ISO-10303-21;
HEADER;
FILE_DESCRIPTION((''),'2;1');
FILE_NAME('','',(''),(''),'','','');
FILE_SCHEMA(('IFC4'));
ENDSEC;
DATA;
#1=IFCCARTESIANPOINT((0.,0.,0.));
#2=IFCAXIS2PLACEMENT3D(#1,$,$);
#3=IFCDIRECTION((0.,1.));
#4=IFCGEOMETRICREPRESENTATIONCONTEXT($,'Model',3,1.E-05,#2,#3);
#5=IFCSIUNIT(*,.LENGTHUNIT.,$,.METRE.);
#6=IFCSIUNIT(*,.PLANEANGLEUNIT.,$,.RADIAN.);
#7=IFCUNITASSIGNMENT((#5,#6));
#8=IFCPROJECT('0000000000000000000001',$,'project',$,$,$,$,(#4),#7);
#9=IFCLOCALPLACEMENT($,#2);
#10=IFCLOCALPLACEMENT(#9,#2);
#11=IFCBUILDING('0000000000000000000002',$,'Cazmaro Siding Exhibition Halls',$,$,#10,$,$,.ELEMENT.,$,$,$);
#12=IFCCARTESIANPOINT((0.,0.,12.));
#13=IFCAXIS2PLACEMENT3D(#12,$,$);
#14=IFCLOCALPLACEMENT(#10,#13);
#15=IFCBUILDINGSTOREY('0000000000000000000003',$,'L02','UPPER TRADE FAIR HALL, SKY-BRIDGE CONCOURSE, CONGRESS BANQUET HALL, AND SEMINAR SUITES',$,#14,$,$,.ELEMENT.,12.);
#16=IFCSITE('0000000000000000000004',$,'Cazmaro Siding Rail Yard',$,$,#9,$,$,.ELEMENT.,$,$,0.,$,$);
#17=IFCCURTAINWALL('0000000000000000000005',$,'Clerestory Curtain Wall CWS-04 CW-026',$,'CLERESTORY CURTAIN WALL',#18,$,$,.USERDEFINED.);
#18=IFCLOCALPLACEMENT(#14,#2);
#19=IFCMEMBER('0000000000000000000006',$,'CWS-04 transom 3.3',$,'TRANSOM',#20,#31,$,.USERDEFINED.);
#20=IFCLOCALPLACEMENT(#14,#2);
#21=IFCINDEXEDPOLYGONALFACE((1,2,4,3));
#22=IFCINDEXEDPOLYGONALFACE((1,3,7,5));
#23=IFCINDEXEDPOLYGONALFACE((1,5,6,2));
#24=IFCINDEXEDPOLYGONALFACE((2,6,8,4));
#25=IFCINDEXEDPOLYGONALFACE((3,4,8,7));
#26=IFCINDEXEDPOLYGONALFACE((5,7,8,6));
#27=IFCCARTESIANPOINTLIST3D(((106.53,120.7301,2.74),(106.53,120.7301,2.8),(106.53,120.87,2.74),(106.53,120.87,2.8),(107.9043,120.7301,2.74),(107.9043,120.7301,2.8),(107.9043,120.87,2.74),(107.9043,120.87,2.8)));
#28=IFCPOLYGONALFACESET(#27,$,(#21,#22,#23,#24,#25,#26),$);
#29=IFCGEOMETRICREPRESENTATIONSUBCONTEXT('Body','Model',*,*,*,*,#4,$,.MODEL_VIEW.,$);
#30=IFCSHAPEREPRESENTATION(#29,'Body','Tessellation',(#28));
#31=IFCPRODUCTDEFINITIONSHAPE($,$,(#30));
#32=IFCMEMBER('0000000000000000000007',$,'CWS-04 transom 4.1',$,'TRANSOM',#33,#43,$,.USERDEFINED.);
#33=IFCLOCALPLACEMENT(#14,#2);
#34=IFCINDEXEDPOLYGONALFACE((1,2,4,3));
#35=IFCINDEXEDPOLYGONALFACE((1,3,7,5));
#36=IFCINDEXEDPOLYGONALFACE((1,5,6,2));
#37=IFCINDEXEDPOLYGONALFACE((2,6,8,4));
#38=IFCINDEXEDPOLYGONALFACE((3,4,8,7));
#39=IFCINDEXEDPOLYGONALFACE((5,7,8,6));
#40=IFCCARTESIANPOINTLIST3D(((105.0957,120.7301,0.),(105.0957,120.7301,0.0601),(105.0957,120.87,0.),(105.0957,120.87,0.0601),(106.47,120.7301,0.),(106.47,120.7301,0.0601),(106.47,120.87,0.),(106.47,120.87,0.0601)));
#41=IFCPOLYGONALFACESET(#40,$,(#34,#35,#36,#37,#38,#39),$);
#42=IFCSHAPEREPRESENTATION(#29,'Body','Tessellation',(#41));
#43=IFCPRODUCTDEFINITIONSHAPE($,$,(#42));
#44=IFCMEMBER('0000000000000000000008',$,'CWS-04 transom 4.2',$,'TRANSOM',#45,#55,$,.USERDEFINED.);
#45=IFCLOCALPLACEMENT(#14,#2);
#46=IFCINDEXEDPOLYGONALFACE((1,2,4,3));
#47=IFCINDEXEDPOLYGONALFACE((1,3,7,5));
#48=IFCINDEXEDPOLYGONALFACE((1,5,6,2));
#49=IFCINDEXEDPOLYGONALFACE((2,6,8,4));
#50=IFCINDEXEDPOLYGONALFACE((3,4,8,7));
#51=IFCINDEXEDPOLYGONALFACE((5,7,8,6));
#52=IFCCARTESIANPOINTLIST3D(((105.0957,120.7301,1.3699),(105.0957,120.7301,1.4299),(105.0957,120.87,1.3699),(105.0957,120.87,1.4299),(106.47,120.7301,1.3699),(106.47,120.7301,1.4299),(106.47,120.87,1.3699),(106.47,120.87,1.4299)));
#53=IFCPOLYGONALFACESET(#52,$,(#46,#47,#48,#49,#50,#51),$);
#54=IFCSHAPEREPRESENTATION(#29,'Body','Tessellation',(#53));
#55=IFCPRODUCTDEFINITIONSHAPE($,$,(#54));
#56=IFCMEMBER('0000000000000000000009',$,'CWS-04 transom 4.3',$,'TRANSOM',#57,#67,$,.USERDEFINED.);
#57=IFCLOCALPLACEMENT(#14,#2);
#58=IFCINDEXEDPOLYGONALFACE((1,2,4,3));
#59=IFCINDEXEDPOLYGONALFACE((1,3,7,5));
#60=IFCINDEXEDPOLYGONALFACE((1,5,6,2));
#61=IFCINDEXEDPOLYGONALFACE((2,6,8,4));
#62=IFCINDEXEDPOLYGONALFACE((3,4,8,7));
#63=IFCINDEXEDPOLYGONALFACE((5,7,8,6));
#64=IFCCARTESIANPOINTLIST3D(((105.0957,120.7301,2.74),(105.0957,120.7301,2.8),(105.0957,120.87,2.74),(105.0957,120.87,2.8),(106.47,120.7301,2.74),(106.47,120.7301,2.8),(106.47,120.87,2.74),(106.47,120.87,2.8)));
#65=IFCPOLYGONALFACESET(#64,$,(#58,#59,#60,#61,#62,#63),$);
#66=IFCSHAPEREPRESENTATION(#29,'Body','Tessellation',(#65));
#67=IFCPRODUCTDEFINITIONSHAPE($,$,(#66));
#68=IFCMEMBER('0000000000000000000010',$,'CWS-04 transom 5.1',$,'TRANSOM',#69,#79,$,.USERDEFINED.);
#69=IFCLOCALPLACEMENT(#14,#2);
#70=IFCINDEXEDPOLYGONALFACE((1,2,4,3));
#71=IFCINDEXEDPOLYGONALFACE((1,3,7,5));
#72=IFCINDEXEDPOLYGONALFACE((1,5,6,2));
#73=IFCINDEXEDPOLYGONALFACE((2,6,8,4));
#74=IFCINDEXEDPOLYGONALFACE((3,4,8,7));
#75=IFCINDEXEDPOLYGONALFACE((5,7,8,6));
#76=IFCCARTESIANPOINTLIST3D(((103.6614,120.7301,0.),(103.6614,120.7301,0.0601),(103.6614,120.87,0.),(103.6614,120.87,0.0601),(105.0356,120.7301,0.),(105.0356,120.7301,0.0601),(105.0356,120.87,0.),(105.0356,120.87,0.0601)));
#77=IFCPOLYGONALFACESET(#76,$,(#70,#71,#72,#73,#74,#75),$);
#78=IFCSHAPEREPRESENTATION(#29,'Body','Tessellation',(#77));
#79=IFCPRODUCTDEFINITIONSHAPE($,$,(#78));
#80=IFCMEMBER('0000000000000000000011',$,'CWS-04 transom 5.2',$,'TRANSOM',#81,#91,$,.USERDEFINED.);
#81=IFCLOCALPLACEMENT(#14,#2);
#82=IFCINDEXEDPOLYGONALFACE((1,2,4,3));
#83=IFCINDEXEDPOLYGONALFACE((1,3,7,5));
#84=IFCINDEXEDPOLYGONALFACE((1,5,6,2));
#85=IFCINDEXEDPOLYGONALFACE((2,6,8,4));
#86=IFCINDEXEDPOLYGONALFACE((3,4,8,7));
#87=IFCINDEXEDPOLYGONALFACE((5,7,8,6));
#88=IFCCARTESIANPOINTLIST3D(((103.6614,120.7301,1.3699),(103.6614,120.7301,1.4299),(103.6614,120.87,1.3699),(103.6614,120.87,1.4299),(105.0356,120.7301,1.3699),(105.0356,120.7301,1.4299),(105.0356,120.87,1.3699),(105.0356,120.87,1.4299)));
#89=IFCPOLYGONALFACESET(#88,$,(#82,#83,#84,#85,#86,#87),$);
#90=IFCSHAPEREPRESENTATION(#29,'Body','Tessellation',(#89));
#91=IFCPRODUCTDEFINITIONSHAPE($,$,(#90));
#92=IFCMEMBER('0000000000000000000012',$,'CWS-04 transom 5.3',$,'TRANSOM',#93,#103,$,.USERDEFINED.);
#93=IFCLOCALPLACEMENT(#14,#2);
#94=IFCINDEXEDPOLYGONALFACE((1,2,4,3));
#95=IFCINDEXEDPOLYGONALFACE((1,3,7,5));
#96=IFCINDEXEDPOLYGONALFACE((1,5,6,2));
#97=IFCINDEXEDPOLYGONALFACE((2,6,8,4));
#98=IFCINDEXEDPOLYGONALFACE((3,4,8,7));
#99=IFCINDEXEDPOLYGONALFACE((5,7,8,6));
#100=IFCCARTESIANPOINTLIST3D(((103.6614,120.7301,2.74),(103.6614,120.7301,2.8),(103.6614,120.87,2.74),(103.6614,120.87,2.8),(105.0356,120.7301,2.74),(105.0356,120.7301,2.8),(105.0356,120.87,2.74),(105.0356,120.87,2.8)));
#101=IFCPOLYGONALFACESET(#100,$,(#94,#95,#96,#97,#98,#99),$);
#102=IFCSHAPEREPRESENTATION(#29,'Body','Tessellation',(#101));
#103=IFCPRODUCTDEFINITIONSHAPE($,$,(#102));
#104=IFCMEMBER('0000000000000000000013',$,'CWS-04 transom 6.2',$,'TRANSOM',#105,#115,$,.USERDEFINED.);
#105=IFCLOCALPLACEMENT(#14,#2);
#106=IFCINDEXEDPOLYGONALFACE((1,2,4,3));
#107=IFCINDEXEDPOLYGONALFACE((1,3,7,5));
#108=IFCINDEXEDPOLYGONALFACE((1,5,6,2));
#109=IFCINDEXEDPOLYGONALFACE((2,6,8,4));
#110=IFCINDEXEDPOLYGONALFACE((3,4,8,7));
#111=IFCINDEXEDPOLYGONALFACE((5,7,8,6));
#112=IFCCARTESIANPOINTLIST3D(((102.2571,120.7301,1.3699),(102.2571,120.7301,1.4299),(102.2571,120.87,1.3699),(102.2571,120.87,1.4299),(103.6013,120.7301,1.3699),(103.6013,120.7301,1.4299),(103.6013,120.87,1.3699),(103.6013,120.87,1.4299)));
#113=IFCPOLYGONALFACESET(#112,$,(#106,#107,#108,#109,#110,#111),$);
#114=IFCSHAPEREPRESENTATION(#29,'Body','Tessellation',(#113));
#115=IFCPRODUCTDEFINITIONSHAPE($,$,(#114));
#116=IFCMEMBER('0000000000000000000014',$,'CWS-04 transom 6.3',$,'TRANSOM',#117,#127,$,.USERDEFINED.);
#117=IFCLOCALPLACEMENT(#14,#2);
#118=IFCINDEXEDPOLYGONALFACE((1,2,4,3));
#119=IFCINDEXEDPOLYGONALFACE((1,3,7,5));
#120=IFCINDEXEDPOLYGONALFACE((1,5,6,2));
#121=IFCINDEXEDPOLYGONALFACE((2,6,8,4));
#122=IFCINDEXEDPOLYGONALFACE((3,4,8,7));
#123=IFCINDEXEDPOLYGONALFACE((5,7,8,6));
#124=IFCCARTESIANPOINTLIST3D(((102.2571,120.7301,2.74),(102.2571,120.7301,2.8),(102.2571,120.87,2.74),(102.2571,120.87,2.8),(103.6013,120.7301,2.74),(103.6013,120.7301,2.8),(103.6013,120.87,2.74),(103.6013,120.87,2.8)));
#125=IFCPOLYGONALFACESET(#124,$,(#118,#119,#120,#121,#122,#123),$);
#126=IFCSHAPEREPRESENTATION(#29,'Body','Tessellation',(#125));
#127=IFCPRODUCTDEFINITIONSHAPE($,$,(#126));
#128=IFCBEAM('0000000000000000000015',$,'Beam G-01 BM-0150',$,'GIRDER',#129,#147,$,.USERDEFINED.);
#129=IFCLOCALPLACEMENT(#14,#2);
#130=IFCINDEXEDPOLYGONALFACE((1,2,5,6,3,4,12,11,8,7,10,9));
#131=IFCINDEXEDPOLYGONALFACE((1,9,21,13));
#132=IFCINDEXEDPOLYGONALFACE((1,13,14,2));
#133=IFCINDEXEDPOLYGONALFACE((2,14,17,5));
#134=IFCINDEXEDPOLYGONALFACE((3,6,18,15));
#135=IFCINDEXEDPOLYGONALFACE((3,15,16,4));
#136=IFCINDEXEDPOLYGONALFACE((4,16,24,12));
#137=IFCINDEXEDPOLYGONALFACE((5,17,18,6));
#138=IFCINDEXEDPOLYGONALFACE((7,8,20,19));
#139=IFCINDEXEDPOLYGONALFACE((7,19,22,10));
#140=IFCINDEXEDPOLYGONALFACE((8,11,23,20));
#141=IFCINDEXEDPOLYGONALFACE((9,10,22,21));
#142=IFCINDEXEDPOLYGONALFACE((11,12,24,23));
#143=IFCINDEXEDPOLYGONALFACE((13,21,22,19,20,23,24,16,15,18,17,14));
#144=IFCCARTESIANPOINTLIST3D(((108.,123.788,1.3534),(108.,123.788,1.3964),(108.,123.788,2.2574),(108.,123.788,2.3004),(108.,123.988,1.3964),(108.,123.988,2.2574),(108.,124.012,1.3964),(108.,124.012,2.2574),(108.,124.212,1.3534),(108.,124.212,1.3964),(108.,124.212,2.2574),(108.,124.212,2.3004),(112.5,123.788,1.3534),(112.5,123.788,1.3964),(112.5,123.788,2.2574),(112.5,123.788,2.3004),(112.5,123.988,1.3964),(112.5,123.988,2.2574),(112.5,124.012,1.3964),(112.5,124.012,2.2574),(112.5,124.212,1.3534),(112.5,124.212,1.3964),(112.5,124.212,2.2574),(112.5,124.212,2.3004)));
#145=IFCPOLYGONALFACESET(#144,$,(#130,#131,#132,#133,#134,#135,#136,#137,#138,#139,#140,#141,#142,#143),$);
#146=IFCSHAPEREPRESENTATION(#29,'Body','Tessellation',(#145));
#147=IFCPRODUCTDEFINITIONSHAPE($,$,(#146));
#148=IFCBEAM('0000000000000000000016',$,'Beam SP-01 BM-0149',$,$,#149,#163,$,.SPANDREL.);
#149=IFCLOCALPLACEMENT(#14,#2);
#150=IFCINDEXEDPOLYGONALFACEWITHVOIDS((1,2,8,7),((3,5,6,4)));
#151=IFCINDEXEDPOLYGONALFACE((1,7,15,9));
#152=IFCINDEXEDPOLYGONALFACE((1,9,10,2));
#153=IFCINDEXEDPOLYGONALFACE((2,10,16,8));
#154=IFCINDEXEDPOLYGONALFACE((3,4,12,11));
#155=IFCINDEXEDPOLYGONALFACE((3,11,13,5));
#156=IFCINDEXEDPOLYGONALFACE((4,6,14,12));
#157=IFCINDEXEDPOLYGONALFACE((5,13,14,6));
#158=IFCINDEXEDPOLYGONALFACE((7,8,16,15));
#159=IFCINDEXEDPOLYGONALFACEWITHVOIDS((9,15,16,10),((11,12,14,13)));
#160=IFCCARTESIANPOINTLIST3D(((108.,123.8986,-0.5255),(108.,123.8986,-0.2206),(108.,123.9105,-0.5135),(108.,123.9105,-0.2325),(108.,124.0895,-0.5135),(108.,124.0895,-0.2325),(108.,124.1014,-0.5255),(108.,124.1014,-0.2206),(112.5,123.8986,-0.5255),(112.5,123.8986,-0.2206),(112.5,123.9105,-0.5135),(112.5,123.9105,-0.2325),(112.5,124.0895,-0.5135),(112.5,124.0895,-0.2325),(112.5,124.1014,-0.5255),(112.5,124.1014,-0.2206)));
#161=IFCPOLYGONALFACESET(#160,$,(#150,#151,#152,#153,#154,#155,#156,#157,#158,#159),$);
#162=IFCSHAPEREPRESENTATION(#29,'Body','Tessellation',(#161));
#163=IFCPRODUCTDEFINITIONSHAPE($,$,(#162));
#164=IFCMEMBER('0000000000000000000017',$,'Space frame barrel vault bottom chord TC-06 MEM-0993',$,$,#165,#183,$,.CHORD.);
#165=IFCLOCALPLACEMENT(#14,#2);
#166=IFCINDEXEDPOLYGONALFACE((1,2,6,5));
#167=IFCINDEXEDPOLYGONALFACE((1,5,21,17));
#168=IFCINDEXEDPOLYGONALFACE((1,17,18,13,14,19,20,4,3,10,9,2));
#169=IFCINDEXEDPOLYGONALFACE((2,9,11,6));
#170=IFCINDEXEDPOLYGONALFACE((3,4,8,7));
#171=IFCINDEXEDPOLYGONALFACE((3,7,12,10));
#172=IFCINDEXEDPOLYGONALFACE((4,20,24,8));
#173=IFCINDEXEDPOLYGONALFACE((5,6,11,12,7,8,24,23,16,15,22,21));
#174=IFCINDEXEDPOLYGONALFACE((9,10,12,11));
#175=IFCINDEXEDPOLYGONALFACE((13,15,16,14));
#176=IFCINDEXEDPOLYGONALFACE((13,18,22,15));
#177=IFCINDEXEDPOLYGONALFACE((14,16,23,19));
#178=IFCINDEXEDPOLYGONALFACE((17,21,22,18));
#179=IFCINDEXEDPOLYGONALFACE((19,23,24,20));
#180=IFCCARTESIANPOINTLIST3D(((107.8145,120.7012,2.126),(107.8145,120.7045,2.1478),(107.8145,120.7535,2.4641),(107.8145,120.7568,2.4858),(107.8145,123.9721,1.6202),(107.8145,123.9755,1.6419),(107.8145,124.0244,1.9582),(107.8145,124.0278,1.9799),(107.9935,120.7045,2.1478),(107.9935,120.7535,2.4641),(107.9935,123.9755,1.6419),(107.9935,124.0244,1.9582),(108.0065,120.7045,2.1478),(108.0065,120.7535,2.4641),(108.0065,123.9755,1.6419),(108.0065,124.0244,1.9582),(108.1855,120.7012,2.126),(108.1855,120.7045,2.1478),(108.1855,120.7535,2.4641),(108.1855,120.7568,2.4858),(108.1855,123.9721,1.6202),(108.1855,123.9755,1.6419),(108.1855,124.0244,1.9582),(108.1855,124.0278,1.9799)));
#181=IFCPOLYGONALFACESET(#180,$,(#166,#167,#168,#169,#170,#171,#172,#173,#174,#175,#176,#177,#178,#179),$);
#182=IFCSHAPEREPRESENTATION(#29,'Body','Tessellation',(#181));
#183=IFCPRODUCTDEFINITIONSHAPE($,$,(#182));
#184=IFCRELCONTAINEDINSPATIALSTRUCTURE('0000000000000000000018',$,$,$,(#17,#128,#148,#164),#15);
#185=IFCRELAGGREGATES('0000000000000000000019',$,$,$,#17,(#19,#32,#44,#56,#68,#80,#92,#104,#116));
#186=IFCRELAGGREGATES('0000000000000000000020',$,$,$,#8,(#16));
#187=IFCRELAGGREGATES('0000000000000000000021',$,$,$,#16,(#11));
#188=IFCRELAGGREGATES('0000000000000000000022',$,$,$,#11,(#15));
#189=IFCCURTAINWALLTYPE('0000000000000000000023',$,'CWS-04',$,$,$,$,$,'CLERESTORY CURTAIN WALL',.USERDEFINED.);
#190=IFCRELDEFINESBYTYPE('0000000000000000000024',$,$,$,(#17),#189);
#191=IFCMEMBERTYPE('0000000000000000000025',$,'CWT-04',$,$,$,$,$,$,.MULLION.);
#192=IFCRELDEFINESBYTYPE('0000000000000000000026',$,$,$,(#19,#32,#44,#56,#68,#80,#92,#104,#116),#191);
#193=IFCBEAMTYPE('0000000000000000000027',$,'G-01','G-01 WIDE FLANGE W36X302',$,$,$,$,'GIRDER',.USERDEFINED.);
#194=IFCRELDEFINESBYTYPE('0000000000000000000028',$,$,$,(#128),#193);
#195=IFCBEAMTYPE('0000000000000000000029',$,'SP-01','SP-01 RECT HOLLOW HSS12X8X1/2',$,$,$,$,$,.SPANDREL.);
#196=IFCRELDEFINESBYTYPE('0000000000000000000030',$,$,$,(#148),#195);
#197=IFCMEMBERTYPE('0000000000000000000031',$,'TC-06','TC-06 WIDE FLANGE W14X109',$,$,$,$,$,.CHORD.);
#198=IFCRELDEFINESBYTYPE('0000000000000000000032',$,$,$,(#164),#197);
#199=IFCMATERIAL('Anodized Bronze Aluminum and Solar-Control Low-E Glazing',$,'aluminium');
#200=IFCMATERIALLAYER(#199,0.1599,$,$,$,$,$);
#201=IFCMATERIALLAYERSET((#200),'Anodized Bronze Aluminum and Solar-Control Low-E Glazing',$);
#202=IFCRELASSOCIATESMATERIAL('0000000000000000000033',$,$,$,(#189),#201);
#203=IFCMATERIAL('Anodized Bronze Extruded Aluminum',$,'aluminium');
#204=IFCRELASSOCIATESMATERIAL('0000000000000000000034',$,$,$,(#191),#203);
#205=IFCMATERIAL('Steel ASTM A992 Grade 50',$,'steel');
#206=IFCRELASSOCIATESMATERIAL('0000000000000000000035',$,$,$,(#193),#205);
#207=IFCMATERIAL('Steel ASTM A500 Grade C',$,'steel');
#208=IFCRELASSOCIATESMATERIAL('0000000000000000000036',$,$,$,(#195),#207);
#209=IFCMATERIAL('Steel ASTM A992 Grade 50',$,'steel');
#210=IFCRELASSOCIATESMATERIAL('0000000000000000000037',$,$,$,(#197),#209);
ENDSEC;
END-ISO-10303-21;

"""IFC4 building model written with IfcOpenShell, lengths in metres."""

from ifc_helpers import new_model, si_unit, direction, frame, origin, origin_2d, place, context, subcontext, project, spatial, rectangle, hollow_rectangle, i_section, extrude, material, layer, layer_set, material_profile, profile_set, type_object, element, aggregate, save


model = new_model("IFC4")

# Units and contexts
model_context = context("Model", 3, precision=1e-05, world=origin(), true_north=direction((0.0, 1.0)))
body_context = subcontext(model_context, "Body", "Model", "MODEL_VIEW")
ifc_project = project(units=[si_unit("LENGTHUNIT", "METRE"), si_unit("PLANEANGLEUNIT", "RADIAN")], contexts=[model_context])

# Site, building, storey
site_placement = place(None, origin())
site = spatial("IfcSite", under=ifc_project, at=site_placement, Name="Cazmaro Siding Rail Yard", CompositionType="ELEMENT", RefElevation=0.0)
building_placement = place(site_placement, origin())
building = spatial("IfcBuilding", under=site, at=building_placement, Name="Cazmaro Siding Exhibition Halls", CompositionType="ELEMENT")
storey_placement = place(building_placement, frame((0.0, 0.0, 12.0)))
storey = spatial("IfcBuildingStorey", under=building, at=storey_placement, Name="L02", Description="UPPER TRADE FAIR HALL, SKY-BRIDGE CONCOURSE, CONGRESS BANQUET HALL, AND SEMINAR SUITES", CompositionType="ELEMENT", Elevation=12.0)

# Curtain wall, members
ifc_material_1 = material(Name="Anodized Bronze Aluminum and Solar-Control Low-E Glazing", Category="aluminium")
ifc_layer_1 = layer(ifc_material_1, 0.1599)
ifc_layer_set_1 = layer_set([ifc_layer_1], Name="Anodized Bronze Aluminum and Solar-Control Low-E Glazing")
curtain_wall_type = type_object("IfcCurtainWallType", Name="CWS-04", ElementType="CLERESTORY CURTAIN WALL", PredefinedType="USERDEFINED", material=ifc_layer_set_1)
curtain_wall_placement = place(storey_placement, origin())
curtain_wall = element("IfcCurtainWall", 1, at=curtain_wall_placement, inside=storey, type_object=curtain_wall_type, Name="Clerestory Curtain Wall CWS-04 CW-026", ObjectType="CLERESTORY CURTAIN WALL", PredefinedType="USERDEFINED")
ifc_material_2 = material(Name="Anodized Bronze Extruded Aluminum", Category="aluminium")
ifc_material_profile_1 = material_profile(ifc_material_2, rectangle(XDim=0.1399, YDim=0.0601, at=origin_2d()), Name="CWT-04")
ifc_profile_set_1 = profile_set([ifc_material_profile_1], Name="Anodized Bronze Extruded Aluminum")
member_type_1 = type_object("IfcMemberType", Name="CWT-04", PredefinedType="MULLION", material=ifc_profile_set_1)
member_1_placement = place(storey_placement, frame((107.9043, 120.8, 2.77), z_axis=(-1.0, 0.0, 0.0), x_axis=(0.0, -1.0, 0.0)))
member_1 = element("IfcMember", 2, at=member_1_placement, type_object=member_type_1, Name="CWS-04 transom 3.3", ObjectType="TRANSOM", PredefinedType="USERDEFINED", context=body_context, shape_type="SweptSolid", body=[
    extrude(rectangle(XDim=0.1399, YDim=0.0601, at=origin_2d()), origin(), (0.0, 0.0, 1.0), 1.3743),
])
member_2_placement = place(storey_placement, frame((106.47, 120.8, 0.03), z_axis=(-1.0, 0.0, 0.0), x_axis=(0.0, -1.0, 0.0)))
member_2 = element("IfcMember", 3, at=member_2_placement, type_object=member_type_1, Name="CWS-04 transom 4.1", ObjectType="TRANSOM", PredefinedType="USERDEFINED", context=body_context, shape_type="SweptSolid", body=[
    extrude(rectangle(XDim=0.1399, YDim=0.0601, at=origin_2d()), origin(), (0.0, 0.0, 1.0), 1.3743),
])
member_3_placement = place(storey_placement, frame((106.47, 120.8, 1.3999), z_axis=(-1.0, 0.0, 0.0), x_axis=(0.0, -1.0, 0.0)))
member_3 = element("IfcMember", 4, at=member_3_placement, type_object=member_type_1, Name="CWS-04 transom 4.2", ObjectType="TRANSOM", PredefinedType="USERDEFINED", context=body_context, shape_type="SweptSolid", body=[
    extrude(rectangle(XDim=0.1399, YDim=0.0601, at=origin_2d()), origin(), (0.0, 0.0, 1.0), 1.3743),
])
member_4_placement = place(storey_placement, frame((106.47, 120.8, 2.77), z_axis=(-1.0, 0.0, 0.0), x_axis=(0.0, -1.0, 0.0)))
member_4 = element("IfcMember", 5, at=member_4_placement, type_object=member_type_1, Name="CWS-04 transom 4.3", ObjectType="TRANSOM", PredefinedType="USERDEFINED", context=body_context, shape_type="SweptSolid", body=[
    extrude(rectangle(XDim=0.1399, YDim=0.0601, at=origin_2d()), origin(), (0.0, 0.0, 1.0), 1.3743),
])
member_5_placement = place(storey_placement, frame((105.0356, 120.8, 0.03), z_axis=(-1.0, 0.0, 0.0), x_axis=(0.0, -1.0, 0.0)))
member_5 = element("IfcMember", 6, at=member_5_placement, type_object=member_type_1, Name="CWS-04 transom 5.1", ObjectType="TRANSOM", PredefinedType="USERDEFINED", context=body_context, shape_type="SweptSolid", body=[
    extrude(rectangle(XDim=0.1399, YDim=0.0601, at=origin_2d()), origin(), (0.0, 0.0, 1.0), 1.3743),
])
member_6_placement = place(storey_placement, frame((105.0356, 120.8, 1.3999), z_axis=(-1.0, 0.0, 0.0), x_axis=(0.0, -1.0, 0.0)))
member_6 = element("IfcMember", 7, at=member_6_placement, type_object=member_type_1, Name="CWS-04 transom 5.2", ObjectType="TRANSOM", PredefinedType="USERDEFINED", context=body_context, shape_type="SweptSolid", body=[
    extrude(rectangle(XDim=0.1399, YDim=0.0601, at=origin_2d()), origin(), (0.0, 0.0, 1.0), 1.3743),
])
member_7_placement = place(storey_placement, frame((105.0356, 120.8, 2.77), z_axis=(-1.0, 0.0, 0.0), x_axis=(0.0, -1.0, 0.0)))
member_7 = element("IfcMember", 8, at=member_7_placement, type_object=member_type_1, Name="CWS-04 transom 5.3", ObjectType="TRANSOM", PredefinedType="USERDEFINED", context=body_context, shape_type="SweptSolid", body=[
    extrude(rectangle(XDim=0.1399, YDim=0.0601, at=origin_2d()), origin(), (0.0, 0.0, 1.0), 1.3743),
])
member_8_placement = place(storey_placement, frame((103.6013, 120.8, 1.3999), z_axis=(-1.0, 0.0, 0.0), x_axis=(0.0, -1.0, 0.0)))
member_8 = element("IfcMember", 9, at=member_8_placement, type_object=member_type_1, Name="CWS-04 transom 6.2", ObjectType="TRANSOM", PredefinedType="USERDEFINED", context=body_context, shape_type="SweptSolid", body=[
    extrude(rectangle(XDim=0.1399, YDim=0.0601, at=origin_2d()), origin(), (0.0, 0.0, 1.0), 1.3442),
])
member_9_placement = place(storey_placement, frame((103.6013, 120.8, 2.77), z_axis=(-1.0, 0.0, 0.0), x_axis=(0.0, -1.0, 0.0)))
member_9 = element("IfcMember", 10, at=member_9_placement, type_object=member_type_1, Name="CWS-04 transom 6.3", ObjectType="TRANSOM", PredefinedType="USERDEFINED", context=body_context, shape_type="SweptSolid", body=[
    extrude(rectangle(XDim=0.1399, YDim=0.0601, at=origin_2d()), origin(), (0.0, 0.0, 1.0), 1.3442),
])

# Beams
ifc_material_3 = material(Name="Steel ASTM A992 Grade 50", Category="steel")
ifc_material_profile_2 = material_profile(ifc_material_3, i_section(OverallWidth=0.4241, OverallDepth=0.947, WebThickness=0.0239, FlangeThickness=0.043, at=origin_2d()), Name="W36X302")
ifc_profile_set_2 = profile_set([ifc_material_profile_2], Name="Steel ASTM A992 Grade 50")
beam_type_1 = type_object("IfcBeamType", Name="G-01", Description="G-01 WIDE FLANGE W36X302", ElementType="GIRDER", PredefinedType="USERDEFINED", material=ifc_profile_set_2)
beam_1_placement = place(storey_placement, frame((108.0, 124.0, 1.8269), z_axis=(1.0, 0.0, 0.0), x_axis=(0.0, 1.0, 0.0)))
element("IfcBeam", 11, at=beam_1_placement, inside=storey, type_object=beam_type_1, Name="Beam G-01 BM-0150", ObjectType="GIRDER", PredefinedType="USERDEFINED", context=body_context, shape_type="SweptSolid", body=[
    extrude(i_section(OverallWidth=0.4241, OverallDepth=0.947, WebThickness=0.0239, FlangeThickness=0.043, at=origin_2d()), origin(), (0.0, 0.0, 1.0), 4.5),
])
ifc_material_4 = material(Name="Steel ASTM A500 Grade C", Category="steel")
ifc_material_profile_3 = material_profile(ifc_material_4, hollow_rectangle(XDim=0.2029, YDim=0.3049, WallThickness=0.012, at=origin_2d()), Name="HSS12X8X1/2")
ifc_profile_set_3 = profile_set([ifc_material_profile_3], Name="Steel ASTM A500 Grade C")
beam_type_2 = type_object("IfcBeamType", Name="SP-01", Description="SP-01 RECT HOLLOW HSS12X8X1/2", PredefinedType="SPANDREL", material=ifc_profile_set_3)
beam_2_placement = place(storey_placement, frame((108.0, 124.0, -0.373), z_axis=(1.0, 0.0, 0.0), x_axis=(0.0, 1.0, 0.0)))
element("IfcBeam", 12, at=beam_2_placement, inside=storey, type_object=beam_type_2, Name="Beam SP-01 BM-0149", PredefinedType="SPANDREL", context=body_context, shape_type="SweptSolid", body=[
    extrude(hollow_rectangle(XDim=0.2029, YDim=0.3049, WallThickness=0.012, at=origin_2d()), origin(), (0.0, 0.0, 1.0), 4.5),
])

# Member
ifc_material_5 = material(Name="Steel ASTM A992 Grade 50", Category="steel")
ifc_material_profile_4 = material_profile(ifc_material_5, i_section(OverallWidth=0.3711, OverallDepth=0.364, WebThickness=0.0129, FlangeThickness=0.022, at=origin_2d()), Name="W14X109")
ifc_profile_set_4 = profile_set([ifc_material_profile_4], Name="Steel ASTM A992 Grade 50")
member_type_2 = type_object("IfcMemberType", Name="TC-06", Description="TC-06 WIDE FLANGE W14X109", PredefinedType="CHORD", material=ifc_profile_set_4)
member_10_placement = place(storey_placement, frame((108.0, 120.729, 2.3059), z_axis=(0.0, 0.988252, -0.152833), x_axis=(-1.0, 0.0, 0.0)))
element("IfcMember", 13, at=member_10_placement, inside=storey, type_object=member_type_2, Name="Space frame barrel vault bottom chord TC-06 MEM-0993", PredefinedType="CHORD", context=body_context, shape_type="SweptSolid", body=[
    extrude(i_section(OverallWidth=0.3711, OverallDepth=0.364, WebThickness=0.0129, FlangeThickness=0.022, at=origin_2d()), origin(), (0.0, 0.0, 1.0), 3.3098),
])

aggregate(curtain_wall, [member_1, member_2, member_3, member_4, member_5, member_6, member_7, member_8, member_9])

save(model, "model.ifc")
